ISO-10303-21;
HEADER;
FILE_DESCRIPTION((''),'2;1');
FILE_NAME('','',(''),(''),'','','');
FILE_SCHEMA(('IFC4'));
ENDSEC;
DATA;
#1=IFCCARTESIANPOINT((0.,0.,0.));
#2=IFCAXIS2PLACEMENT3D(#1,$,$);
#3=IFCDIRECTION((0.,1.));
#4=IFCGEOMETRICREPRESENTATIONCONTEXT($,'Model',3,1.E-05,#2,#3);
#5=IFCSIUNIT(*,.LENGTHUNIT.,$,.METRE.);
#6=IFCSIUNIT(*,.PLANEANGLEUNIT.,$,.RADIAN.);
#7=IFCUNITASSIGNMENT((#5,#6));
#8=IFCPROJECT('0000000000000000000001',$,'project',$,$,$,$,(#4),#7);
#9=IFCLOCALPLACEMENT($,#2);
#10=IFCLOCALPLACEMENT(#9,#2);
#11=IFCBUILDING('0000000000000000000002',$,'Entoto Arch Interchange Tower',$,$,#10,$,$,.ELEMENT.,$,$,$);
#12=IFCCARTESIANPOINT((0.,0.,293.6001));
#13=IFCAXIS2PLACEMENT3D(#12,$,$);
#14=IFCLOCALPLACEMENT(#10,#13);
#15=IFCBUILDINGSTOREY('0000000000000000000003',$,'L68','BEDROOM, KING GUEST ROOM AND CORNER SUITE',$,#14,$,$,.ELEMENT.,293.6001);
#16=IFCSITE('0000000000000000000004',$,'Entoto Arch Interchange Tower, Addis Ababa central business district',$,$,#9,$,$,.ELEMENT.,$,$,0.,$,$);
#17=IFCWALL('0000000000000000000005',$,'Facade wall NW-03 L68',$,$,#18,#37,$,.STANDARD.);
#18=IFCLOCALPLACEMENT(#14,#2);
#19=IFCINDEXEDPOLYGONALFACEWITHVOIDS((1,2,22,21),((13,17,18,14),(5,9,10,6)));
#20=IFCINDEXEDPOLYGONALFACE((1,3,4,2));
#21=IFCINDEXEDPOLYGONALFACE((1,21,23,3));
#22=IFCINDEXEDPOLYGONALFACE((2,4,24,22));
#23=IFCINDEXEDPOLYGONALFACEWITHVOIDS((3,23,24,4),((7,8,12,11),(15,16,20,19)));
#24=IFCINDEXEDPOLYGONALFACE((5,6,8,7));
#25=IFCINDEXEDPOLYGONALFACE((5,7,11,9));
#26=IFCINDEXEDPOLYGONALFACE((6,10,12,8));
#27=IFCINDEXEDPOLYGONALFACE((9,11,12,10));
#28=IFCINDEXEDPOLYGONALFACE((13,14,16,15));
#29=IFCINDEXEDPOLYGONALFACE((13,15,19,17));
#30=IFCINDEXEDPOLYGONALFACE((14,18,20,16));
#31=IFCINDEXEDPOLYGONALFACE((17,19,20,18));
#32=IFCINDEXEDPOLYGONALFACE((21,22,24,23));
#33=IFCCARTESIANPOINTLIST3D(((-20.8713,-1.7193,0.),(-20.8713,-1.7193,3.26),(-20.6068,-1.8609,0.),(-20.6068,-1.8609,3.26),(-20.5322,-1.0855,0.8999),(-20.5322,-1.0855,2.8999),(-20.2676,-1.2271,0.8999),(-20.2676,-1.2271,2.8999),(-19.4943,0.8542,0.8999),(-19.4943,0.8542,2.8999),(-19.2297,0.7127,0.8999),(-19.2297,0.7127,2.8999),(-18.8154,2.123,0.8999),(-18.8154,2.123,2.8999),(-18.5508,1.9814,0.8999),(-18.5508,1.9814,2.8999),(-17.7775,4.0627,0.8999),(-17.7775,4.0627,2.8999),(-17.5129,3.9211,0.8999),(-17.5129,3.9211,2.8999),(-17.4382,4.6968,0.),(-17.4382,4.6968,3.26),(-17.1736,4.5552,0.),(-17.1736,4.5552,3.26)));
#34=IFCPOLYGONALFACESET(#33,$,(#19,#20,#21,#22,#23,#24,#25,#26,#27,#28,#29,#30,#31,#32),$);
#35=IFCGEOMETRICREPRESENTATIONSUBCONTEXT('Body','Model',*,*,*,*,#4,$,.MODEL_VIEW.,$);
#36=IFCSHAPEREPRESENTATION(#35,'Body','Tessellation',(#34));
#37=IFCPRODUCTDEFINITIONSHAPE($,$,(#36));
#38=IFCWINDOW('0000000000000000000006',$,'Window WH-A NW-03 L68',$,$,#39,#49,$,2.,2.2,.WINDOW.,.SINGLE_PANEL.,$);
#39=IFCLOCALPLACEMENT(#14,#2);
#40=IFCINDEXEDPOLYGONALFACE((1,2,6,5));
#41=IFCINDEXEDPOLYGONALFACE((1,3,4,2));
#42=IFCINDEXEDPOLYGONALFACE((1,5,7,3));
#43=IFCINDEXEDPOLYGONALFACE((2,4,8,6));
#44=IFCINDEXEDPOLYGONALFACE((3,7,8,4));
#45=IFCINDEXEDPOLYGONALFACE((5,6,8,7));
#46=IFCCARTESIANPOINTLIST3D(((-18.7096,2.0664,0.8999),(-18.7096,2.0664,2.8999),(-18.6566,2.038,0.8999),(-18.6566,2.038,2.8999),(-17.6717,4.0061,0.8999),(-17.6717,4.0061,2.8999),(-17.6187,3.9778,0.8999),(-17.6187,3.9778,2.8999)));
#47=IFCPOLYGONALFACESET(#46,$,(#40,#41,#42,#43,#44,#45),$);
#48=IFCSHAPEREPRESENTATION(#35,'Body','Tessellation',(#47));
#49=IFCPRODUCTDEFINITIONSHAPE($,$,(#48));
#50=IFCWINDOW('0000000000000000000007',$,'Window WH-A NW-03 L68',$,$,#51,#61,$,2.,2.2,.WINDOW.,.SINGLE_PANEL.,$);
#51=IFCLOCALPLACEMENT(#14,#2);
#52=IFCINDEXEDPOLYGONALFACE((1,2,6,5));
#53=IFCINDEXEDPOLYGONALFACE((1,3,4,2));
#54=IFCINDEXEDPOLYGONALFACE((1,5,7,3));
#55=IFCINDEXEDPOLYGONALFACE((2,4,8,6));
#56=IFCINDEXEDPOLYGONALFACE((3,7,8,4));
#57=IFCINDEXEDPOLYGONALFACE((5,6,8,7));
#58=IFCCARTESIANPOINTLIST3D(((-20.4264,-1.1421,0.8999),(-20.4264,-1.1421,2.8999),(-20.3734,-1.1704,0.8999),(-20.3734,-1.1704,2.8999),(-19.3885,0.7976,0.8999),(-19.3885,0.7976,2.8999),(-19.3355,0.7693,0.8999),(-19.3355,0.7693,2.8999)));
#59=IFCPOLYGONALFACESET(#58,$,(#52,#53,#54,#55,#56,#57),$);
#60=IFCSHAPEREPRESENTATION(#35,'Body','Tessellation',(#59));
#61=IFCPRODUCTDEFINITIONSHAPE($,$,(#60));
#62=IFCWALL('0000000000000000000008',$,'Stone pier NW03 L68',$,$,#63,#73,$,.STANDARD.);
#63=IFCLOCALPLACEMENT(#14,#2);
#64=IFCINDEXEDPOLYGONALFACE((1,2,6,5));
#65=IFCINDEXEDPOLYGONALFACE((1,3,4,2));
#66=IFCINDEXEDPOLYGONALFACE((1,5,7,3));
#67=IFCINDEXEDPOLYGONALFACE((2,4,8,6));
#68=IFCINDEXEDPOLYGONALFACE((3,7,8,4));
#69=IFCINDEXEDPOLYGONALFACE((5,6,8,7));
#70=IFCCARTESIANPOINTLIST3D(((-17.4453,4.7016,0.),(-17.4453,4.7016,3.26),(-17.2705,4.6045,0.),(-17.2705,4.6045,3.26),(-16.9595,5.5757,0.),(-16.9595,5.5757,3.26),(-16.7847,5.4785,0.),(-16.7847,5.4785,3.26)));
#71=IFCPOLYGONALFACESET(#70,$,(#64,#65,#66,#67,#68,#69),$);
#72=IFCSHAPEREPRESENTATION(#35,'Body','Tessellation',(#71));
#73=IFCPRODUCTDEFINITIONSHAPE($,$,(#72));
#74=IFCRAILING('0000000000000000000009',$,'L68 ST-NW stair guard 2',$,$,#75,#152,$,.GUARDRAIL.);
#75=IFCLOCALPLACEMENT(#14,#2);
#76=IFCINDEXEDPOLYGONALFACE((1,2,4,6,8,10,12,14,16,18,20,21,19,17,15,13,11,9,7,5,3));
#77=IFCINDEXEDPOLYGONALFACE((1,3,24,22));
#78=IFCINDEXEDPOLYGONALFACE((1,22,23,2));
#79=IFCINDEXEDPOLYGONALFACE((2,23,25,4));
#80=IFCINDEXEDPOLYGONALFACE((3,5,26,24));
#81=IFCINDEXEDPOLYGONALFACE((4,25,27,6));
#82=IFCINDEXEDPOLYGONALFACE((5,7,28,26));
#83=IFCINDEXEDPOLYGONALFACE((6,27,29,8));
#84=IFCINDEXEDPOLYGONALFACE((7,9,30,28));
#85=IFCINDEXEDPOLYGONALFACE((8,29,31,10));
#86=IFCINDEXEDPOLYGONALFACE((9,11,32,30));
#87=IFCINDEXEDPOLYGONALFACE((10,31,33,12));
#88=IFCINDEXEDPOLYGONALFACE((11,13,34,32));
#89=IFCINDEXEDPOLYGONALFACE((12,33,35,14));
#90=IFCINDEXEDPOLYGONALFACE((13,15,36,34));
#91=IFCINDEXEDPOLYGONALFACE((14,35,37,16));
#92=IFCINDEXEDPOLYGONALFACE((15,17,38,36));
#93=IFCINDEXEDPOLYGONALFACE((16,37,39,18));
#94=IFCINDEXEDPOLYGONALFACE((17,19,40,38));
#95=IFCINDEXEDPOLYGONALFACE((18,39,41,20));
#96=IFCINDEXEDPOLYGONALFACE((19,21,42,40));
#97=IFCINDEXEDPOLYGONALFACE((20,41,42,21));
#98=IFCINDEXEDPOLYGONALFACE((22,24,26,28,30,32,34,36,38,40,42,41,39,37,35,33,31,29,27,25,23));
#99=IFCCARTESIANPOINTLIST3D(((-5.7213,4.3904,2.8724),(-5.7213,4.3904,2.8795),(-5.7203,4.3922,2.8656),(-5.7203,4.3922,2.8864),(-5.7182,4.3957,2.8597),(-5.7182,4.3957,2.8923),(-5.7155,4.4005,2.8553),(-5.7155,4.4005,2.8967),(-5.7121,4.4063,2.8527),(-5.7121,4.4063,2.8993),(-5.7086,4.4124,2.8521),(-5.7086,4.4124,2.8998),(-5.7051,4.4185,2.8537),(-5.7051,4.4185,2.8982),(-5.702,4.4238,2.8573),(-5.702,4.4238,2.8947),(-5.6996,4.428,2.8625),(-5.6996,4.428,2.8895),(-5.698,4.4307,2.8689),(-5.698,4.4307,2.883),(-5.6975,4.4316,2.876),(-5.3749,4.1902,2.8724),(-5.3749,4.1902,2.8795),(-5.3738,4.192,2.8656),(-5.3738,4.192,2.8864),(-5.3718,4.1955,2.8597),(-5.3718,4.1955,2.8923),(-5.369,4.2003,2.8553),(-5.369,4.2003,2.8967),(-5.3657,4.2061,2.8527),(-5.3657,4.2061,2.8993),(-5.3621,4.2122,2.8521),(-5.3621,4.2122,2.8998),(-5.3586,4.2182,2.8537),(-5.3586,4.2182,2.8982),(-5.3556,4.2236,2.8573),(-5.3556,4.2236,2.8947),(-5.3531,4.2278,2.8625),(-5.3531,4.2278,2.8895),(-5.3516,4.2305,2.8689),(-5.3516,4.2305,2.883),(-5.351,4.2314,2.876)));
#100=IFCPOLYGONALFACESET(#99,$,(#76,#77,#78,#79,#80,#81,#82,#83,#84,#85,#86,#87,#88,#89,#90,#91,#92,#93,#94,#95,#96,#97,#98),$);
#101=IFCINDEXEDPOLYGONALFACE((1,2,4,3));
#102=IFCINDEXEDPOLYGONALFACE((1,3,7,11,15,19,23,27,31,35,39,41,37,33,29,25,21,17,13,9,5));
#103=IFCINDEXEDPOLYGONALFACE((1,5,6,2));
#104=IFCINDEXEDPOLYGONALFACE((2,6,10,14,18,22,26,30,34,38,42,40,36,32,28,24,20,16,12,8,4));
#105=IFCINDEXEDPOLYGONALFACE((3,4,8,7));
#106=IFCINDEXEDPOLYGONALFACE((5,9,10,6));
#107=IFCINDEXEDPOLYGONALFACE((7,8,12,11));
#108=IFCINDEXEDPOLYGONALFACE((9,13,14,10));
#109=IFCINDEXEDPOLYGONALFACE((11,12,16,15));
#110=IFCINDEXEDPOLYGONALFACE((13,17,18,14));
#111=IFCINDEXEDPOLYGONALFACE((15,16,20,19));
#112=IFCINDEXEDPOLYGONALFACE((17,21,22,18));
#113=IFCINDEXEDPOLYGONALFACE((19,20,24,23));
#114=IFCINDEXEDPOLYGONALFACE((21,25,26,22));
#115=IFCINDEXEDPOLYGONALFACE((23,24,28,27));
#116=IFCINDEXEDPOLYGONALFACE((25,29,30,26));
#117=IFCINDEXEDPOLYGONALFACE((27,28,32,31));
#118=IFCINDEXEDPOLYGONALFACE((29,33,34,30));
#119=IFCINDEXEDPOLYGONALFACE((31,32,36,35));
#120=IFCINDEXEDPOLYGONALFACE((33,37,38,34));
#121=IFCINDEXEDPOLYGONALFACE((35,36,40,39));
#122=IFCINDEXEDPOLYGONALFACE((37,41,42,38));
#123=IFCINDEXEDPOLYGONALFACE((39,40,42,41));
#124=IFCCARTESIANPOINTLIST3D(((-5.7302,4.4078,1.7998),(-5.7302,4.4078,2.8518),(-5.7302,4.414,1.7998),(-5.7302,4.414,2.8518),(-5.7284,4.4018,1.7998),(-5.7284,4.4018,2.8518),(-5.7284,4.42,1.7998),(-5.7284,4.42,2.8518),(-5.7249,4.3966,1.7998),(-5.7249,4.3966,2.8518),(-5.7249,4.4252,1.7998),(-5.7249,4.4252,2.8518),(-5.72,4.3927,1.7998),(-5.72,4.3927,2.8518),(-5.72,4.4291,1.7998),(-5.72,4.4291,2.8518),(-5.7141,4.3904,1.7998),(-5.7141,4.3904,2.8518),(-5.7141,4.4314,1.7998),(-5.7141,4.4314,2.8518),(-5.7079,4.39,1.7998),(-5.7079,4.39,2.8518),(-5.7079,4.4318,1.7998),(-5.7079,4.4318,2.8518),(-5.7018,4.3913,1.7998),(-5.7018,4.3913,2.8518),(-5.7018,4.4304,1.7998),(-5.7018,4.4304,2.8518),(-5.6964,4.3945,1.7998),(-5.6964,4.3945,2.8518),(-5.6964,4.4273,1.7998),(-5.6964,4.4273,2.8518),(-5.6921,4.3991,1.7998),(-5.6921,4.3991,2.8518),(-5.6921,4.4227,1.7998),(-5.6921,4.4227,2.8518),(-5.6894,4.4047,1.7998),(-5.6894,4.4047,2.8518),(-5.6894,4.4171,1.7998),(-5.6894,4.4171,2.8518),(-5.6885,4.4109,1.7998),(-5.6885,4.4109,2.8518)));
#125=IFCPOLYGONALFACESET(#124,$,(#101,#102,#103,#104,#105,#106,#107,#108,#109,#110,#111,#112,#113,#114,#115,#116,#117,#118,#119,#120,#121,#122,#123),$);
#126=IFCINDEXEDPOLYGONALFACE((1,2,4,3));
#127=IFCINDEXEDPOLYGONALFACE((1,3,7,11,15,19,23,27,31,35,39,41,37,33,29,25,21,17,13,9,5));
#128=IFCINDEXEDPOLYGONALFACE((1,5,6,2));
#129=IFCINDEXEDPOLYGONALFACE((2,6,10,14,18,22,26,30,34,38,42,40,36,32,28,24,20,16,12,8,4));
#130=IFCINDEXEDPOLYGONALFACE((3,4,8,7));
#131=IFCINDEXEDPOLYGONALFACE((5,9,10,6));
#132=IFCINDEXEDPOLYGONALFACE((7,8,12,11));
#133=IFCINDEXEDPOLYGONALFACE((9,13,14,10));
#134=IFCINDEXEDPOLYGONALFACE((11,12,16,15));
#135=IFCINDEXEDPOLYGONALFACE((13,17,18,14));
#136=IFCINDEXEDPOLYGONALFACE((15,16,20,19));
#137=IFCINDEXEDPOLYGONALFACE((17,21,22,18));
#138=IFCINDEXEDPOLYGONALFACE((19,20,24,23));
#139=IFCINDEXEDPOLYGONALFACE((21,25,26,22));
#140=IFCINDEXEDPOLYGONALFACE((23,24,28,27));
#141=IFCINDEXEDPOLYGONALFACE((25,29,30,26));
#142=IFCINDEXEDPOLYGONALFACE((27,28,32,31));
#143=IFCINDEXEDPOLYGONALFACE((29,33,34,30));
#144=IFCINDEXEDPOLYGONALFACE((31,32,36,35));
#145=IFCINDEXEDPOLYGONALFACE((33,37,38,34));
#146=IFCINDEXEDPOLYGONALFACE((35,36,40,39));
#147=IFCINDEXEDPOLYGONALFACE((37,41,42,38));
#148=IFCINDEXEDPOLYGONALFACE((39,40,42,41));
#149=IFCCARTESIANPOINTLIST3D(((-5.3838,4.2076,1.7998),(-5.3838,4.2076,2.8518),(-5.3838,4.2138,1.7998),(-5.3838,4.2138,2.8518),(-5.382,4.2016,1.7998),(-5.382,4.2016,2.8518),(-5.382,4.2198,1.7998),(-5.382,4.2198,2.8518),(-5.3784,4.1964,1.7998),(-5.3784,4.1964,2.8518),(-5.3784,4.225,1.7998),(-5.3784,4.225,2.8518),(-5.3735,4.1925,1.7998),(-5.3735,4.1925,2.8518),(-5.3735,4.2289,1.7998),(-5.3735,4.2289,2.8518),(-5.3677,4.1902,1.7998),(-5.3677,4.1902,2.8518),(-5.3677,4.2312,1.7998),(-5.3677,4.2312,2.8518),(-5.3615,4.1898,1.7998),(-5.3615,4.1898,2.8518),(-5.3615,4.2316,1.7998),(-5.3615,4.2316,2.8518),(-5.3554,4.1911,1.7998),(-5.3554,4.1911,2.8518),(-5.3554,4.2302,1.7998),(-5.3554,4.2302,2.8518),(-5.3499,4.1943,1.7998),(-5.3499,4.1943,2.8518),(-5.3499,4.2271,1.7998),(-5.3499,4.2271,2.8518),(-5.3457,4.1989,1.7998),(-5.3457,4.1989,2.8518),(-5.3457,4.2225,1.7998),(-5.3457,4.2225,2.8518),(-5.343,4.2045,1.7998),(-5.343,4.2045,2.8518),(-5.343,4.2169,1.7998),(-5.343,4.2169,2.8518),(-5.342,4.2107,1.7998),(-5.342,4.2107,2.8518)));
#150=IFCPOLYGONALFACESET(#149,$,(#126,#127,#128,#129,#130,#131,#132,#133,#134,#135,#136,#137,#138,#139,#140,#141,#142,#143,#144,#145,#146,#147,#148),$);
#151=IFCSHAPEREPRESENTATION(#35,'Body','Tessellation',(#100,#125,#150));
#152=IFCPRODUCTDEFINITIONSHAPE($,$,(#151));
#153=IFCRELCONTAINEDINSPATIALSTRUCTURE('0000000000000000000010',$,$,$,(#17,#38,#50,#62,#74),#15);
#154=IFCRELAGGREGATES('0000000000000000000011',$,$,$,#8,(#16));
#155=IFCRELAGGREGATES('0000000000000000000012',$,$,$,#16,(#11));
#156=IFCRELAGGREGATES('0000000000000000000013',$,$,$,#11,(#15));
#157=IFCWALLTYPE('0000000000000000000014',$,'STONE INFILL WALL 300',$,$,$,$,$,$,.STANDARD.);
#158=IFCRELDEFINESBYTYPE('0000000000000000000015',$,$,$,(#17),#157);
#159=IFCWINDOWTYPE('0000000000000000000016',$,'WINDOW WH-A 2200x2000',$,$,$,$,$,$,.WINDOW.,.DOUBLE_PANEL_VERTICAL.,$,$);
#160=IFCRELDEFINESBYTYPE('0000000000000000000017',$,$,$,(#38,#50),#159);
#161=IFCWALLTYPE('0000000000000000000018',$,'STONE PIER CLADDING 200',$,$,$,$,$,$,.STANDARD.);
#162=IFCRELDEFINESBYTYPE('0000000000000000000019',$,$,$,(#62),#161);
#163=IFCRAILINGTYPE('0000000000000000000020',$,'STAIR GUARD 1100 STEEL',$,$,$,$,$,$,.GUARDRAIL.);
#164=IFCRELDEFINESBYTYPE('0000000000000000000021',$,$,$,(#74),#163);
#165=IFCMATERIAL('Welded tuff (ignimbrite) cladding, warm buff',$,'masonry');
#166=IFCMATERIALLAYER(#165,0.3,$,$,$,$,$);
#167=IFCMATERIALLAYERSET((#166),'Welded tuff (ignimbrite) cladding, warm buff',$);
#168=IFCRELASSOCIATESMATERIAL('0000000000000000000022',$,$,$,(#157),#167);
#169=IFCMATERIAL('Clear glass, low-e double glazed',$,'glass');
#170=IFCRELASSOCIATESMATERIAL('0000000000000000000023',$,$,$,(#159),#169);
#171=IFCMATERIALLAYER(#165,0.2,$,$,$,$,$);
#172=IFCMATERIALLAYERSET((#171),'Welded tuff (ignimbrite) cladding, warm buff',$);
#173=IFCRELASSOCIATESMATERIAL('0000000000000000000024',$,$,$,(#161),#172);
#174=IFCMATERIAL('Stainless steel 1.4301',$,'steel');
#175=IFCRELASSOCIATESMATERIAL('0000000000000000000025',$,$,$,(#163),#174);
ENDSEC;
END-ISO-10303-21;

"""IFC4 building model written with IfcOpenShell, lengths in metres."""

from ifc_helpers import new_model, si_unit, direction, frame, frame_2d, origin, origin_2d, place, context, subcontext, project, spatial, rectangle, circle, extrude, material, layer, layer_set, type_object, element, fill, save


model = new_model("IFC4")

# Units and contexts
model_context = context("Model", 3, precision=1e-05, world=origin(), true_north=direction((0.0, 1.0)))
body_context = subcontext(model_context, "Body", "Model", "MODEL_VIEW")
ifc_project = project(units=[si_unit("LENGTHUNIT", "METRE"), si_unit("PLANEANGLEUNIT", "RADIAN")], contexts=[model_context])

# Site, building, storey
site_placement = place(None, origin())
site = spatial("IfcSite", under=ifc_project, at=site_placement, Name="Entoto Arch Interchange Tower, Addis Ababa central business district", CompositionType="ELEMENT", RefElevation=0.0)
building_placement = place(site_placement, origin())
building = spatial("IfcBuilding", under=site, at=building_placement, Name="Entoto Arch Interchange Tower", CompositionType="ELEMENT")
storey_placement = place(building_placement, frame((0.0, 0.0, 293.6001)))
storey = spatial("IfcBuildingStorey", under=building, at=storey_placement, Name="L68", Description="BEDROOM, KING GUEST ROOM AND CORNER SUITE", CompositionType="ELEMENT", Elevation=293.6001)

# Wall, openings, windows
ifc_material_1 = material(Name="Welded tuff (ignimbrite) cladding, warm buff", Category="masonry")
ifc_layer_1 = layer(ifc_material_1, 0.3)
ifc_layer_set_1 = layer_set([ifc_layer_1], Name="Welded tuff (ignimbrite) cladding, warm buff")
wall_type_1 = type_object("IfcWallType", Name="STONE INFILL WALL 300", PredefinedType="STANDARD", material=ifc_layer_set_1)
wall_1_placement = place(storey_placement, frame((-17.3059, 4.626, 0.0), z_axis=(0.0, 0.0, 1.0), x_axis=(-0.471789, -0.881711, 0.0)))
wall_1 = element("IfcWall", 1, at=wall_1_placement, inside=storey, type_object=wall_type_1, Name="Facade wall NW-03 L68", PredefinedType="STANDARD", context=body_context, shape_type="SweptSolid", body=[
    extrude(rectangle(XDim=7.2769, YDim=0.3, at=frame_2d((3.6384, 0.0))), origin(), (0.0, 0.0, 1.0), 3.26),
])
opening_1_placement = place(wall_1_placement, frame((0.719, 0.0, 0.8999)))
opening_1 = element("IfcOpeningElement", 2, at=opening_1_placement, cuts=wall_1, PredefinedType="OPENING", context=body_context, shape_type="SweptSolid", body=[
    extrude(rectangle(XDim=2.2, YDim=2.0, at=frame_2d((1.1001, 1.0))), frame((0.0, 0.1602, 0.0), z_axis=(0.0, -1.0, 0.0), x_axis=(1.0, 0.0, 0.0)), (0.0, 0.0, 1.0), 0.3201),
])
opening_2_placement = place(wall_1_placement, frame((4.3579, 0.0, 0.8999)))
opening_2 = element("IfcOpeningElement", 3, at=opening_2_placement, cuts=wall_1, PredefinedType="OPENING", context=body_context, shape_type="SweptSolid", body=[
    extrude(rectangle(XDim=2.2, YDim=2.0, at=frame_2d((1.1001, 1.0))), frame((0.0, 0.1602, 0.0), z_axis=(0.0, -1.0, 0.0), x_axis=(1.0, 0.0, 0.0)), (0.0, 0.0, 1.0), 0.3201),
])
ifc_material_2 = material(Name="Clear glass, low-e double glazed", Category="glass")
window_type = type_object("IfcWindowType", Name="WINDOW WH-A 2200x2000", PartitioningType="DOUBLE_PANEL_VERTICAL", PredefinedType="WINDOW", material=ifc_material_2)
window_1_placement = place(opening_1_placement, origin())
window_1 = element("IfcWindow", 4, at=window_1_placement, inside=storey, type_object=window_type, Name="Window WH-A NW-03 L68", OverallHeight=2.0, OverallWidth=2.2, PartitioningType="SINGLE_PANEL", PredefinedType="WINDOW", context=body_context, shape_type="SweptSolid", body=[
    extrude(rectangle(XDim=2.2, YDim=2.0, at=frame_2d((1.1001, 1.0))), frame((0.0, 0.03, 0.0), z_axis=(0.0, -1.0, 0.0), x_axis=(1.0, 0.0, 0.0)), (0.0, 0.0, 1.0), 0.0601),
])
fill(opening_1, window_1)
window_2_placement = place(opening_2_placement, origin())
window_2 = element("IfcWindow", 5, at=window_2_placement, inside=storey, type_object=window_type, Name="Window WH-A NW-03 L68", OverallHeight=2.0, OverallWidth=2.2, PartitioningType="SINGLE_PANEL", PredefinedType="WINDOW", context=body_context, shape_type="SweptSolid", body=[
    extrude(rectangle(XDim=2.2, YDim=2.0, at=frame_2d((1.1001, 1.0))), frame((0.0, 0.03, 0.0), z_axis=(0.0, -1.0, 0.0), x_axis=(1.0, 0.0, 0.0)), (0.0, 0.0, 1.0), 0.0601),
])
fill(opening_2, window_2)

# Wall
ifc_layer_2 = layer(ifc_material_1, 0.2)
ifc_layer_set_2 = layer_set([ifc_layer_2], Name="Welded tuff (ignimbrite) cladding, warm buff")
wall_type_2 = type_object("IfcWallType", Name="STONE PIER CLADDING 200", PredefinedType="STANDARD", material=ifc_layer_set_2)
wall_2_placement = place(storey_placement, frame((-16.8721, 5.5271, 0.0), z_axis=(0.0, 0.0, 1.0), x_axis=(-0.48585, -0.874042, 0.0)))
element("IfcWall", 6, at=wall_2_placement, inside=storey, type_object=wall_type_2, Name="Stone pier NW03 L68", PredefinedType="STANDARD", context=body_context, shape_type="SweptSolid", body=[
    extrude(rectangle(XDim=1.0, YDim=0.2, at=frame_2d((0.5, 0.0))), origin(), (0.0, 0.0, 1.0), 3.26),
])

# Railing
ifc_material_3 = material(Name="Stainless steel 1.4301", Category="steel")
railing_type = type_object("IfcRailingType", Name="STAIR GUARD 1100 STEEL", PredefinedType="GUARDRAIL", material=ifc_material_3)
railing_1_placement = place(storey_placement, frame((-5.7095, 4.4109, 1.7998)))
element("IfcRailing", 7, at=railing_1_placement, inside=storey, type_object=railing_type, Name="L68 ST-NW stair guard 2", PredefinedType="GUARDRAIL", context=body_context, shape_type="SweptSolid", body=[
    extrude(circle(Radius=0.0239, at=origin_2d()), frame((0.0, 0.0, 1.0762), z_axis=(0.86583, -0.500339, 0.0), x_axis=(0.500339, 0.86583, 0.0)), (0.0, 0.0, 1.0), 0.4001),
    extrude(circle(Radius=0.021, at=origin_2d()), origin(), (0.0, 0.0, 1.0), 1.052),
    extrude(circle(Radius=0.021, at=origin_2d()), frame((0.3464, -0.2002, 0.0)), (0.0, 0.0, 1.0), 1.052),
])

save(model, "model.ifc")
